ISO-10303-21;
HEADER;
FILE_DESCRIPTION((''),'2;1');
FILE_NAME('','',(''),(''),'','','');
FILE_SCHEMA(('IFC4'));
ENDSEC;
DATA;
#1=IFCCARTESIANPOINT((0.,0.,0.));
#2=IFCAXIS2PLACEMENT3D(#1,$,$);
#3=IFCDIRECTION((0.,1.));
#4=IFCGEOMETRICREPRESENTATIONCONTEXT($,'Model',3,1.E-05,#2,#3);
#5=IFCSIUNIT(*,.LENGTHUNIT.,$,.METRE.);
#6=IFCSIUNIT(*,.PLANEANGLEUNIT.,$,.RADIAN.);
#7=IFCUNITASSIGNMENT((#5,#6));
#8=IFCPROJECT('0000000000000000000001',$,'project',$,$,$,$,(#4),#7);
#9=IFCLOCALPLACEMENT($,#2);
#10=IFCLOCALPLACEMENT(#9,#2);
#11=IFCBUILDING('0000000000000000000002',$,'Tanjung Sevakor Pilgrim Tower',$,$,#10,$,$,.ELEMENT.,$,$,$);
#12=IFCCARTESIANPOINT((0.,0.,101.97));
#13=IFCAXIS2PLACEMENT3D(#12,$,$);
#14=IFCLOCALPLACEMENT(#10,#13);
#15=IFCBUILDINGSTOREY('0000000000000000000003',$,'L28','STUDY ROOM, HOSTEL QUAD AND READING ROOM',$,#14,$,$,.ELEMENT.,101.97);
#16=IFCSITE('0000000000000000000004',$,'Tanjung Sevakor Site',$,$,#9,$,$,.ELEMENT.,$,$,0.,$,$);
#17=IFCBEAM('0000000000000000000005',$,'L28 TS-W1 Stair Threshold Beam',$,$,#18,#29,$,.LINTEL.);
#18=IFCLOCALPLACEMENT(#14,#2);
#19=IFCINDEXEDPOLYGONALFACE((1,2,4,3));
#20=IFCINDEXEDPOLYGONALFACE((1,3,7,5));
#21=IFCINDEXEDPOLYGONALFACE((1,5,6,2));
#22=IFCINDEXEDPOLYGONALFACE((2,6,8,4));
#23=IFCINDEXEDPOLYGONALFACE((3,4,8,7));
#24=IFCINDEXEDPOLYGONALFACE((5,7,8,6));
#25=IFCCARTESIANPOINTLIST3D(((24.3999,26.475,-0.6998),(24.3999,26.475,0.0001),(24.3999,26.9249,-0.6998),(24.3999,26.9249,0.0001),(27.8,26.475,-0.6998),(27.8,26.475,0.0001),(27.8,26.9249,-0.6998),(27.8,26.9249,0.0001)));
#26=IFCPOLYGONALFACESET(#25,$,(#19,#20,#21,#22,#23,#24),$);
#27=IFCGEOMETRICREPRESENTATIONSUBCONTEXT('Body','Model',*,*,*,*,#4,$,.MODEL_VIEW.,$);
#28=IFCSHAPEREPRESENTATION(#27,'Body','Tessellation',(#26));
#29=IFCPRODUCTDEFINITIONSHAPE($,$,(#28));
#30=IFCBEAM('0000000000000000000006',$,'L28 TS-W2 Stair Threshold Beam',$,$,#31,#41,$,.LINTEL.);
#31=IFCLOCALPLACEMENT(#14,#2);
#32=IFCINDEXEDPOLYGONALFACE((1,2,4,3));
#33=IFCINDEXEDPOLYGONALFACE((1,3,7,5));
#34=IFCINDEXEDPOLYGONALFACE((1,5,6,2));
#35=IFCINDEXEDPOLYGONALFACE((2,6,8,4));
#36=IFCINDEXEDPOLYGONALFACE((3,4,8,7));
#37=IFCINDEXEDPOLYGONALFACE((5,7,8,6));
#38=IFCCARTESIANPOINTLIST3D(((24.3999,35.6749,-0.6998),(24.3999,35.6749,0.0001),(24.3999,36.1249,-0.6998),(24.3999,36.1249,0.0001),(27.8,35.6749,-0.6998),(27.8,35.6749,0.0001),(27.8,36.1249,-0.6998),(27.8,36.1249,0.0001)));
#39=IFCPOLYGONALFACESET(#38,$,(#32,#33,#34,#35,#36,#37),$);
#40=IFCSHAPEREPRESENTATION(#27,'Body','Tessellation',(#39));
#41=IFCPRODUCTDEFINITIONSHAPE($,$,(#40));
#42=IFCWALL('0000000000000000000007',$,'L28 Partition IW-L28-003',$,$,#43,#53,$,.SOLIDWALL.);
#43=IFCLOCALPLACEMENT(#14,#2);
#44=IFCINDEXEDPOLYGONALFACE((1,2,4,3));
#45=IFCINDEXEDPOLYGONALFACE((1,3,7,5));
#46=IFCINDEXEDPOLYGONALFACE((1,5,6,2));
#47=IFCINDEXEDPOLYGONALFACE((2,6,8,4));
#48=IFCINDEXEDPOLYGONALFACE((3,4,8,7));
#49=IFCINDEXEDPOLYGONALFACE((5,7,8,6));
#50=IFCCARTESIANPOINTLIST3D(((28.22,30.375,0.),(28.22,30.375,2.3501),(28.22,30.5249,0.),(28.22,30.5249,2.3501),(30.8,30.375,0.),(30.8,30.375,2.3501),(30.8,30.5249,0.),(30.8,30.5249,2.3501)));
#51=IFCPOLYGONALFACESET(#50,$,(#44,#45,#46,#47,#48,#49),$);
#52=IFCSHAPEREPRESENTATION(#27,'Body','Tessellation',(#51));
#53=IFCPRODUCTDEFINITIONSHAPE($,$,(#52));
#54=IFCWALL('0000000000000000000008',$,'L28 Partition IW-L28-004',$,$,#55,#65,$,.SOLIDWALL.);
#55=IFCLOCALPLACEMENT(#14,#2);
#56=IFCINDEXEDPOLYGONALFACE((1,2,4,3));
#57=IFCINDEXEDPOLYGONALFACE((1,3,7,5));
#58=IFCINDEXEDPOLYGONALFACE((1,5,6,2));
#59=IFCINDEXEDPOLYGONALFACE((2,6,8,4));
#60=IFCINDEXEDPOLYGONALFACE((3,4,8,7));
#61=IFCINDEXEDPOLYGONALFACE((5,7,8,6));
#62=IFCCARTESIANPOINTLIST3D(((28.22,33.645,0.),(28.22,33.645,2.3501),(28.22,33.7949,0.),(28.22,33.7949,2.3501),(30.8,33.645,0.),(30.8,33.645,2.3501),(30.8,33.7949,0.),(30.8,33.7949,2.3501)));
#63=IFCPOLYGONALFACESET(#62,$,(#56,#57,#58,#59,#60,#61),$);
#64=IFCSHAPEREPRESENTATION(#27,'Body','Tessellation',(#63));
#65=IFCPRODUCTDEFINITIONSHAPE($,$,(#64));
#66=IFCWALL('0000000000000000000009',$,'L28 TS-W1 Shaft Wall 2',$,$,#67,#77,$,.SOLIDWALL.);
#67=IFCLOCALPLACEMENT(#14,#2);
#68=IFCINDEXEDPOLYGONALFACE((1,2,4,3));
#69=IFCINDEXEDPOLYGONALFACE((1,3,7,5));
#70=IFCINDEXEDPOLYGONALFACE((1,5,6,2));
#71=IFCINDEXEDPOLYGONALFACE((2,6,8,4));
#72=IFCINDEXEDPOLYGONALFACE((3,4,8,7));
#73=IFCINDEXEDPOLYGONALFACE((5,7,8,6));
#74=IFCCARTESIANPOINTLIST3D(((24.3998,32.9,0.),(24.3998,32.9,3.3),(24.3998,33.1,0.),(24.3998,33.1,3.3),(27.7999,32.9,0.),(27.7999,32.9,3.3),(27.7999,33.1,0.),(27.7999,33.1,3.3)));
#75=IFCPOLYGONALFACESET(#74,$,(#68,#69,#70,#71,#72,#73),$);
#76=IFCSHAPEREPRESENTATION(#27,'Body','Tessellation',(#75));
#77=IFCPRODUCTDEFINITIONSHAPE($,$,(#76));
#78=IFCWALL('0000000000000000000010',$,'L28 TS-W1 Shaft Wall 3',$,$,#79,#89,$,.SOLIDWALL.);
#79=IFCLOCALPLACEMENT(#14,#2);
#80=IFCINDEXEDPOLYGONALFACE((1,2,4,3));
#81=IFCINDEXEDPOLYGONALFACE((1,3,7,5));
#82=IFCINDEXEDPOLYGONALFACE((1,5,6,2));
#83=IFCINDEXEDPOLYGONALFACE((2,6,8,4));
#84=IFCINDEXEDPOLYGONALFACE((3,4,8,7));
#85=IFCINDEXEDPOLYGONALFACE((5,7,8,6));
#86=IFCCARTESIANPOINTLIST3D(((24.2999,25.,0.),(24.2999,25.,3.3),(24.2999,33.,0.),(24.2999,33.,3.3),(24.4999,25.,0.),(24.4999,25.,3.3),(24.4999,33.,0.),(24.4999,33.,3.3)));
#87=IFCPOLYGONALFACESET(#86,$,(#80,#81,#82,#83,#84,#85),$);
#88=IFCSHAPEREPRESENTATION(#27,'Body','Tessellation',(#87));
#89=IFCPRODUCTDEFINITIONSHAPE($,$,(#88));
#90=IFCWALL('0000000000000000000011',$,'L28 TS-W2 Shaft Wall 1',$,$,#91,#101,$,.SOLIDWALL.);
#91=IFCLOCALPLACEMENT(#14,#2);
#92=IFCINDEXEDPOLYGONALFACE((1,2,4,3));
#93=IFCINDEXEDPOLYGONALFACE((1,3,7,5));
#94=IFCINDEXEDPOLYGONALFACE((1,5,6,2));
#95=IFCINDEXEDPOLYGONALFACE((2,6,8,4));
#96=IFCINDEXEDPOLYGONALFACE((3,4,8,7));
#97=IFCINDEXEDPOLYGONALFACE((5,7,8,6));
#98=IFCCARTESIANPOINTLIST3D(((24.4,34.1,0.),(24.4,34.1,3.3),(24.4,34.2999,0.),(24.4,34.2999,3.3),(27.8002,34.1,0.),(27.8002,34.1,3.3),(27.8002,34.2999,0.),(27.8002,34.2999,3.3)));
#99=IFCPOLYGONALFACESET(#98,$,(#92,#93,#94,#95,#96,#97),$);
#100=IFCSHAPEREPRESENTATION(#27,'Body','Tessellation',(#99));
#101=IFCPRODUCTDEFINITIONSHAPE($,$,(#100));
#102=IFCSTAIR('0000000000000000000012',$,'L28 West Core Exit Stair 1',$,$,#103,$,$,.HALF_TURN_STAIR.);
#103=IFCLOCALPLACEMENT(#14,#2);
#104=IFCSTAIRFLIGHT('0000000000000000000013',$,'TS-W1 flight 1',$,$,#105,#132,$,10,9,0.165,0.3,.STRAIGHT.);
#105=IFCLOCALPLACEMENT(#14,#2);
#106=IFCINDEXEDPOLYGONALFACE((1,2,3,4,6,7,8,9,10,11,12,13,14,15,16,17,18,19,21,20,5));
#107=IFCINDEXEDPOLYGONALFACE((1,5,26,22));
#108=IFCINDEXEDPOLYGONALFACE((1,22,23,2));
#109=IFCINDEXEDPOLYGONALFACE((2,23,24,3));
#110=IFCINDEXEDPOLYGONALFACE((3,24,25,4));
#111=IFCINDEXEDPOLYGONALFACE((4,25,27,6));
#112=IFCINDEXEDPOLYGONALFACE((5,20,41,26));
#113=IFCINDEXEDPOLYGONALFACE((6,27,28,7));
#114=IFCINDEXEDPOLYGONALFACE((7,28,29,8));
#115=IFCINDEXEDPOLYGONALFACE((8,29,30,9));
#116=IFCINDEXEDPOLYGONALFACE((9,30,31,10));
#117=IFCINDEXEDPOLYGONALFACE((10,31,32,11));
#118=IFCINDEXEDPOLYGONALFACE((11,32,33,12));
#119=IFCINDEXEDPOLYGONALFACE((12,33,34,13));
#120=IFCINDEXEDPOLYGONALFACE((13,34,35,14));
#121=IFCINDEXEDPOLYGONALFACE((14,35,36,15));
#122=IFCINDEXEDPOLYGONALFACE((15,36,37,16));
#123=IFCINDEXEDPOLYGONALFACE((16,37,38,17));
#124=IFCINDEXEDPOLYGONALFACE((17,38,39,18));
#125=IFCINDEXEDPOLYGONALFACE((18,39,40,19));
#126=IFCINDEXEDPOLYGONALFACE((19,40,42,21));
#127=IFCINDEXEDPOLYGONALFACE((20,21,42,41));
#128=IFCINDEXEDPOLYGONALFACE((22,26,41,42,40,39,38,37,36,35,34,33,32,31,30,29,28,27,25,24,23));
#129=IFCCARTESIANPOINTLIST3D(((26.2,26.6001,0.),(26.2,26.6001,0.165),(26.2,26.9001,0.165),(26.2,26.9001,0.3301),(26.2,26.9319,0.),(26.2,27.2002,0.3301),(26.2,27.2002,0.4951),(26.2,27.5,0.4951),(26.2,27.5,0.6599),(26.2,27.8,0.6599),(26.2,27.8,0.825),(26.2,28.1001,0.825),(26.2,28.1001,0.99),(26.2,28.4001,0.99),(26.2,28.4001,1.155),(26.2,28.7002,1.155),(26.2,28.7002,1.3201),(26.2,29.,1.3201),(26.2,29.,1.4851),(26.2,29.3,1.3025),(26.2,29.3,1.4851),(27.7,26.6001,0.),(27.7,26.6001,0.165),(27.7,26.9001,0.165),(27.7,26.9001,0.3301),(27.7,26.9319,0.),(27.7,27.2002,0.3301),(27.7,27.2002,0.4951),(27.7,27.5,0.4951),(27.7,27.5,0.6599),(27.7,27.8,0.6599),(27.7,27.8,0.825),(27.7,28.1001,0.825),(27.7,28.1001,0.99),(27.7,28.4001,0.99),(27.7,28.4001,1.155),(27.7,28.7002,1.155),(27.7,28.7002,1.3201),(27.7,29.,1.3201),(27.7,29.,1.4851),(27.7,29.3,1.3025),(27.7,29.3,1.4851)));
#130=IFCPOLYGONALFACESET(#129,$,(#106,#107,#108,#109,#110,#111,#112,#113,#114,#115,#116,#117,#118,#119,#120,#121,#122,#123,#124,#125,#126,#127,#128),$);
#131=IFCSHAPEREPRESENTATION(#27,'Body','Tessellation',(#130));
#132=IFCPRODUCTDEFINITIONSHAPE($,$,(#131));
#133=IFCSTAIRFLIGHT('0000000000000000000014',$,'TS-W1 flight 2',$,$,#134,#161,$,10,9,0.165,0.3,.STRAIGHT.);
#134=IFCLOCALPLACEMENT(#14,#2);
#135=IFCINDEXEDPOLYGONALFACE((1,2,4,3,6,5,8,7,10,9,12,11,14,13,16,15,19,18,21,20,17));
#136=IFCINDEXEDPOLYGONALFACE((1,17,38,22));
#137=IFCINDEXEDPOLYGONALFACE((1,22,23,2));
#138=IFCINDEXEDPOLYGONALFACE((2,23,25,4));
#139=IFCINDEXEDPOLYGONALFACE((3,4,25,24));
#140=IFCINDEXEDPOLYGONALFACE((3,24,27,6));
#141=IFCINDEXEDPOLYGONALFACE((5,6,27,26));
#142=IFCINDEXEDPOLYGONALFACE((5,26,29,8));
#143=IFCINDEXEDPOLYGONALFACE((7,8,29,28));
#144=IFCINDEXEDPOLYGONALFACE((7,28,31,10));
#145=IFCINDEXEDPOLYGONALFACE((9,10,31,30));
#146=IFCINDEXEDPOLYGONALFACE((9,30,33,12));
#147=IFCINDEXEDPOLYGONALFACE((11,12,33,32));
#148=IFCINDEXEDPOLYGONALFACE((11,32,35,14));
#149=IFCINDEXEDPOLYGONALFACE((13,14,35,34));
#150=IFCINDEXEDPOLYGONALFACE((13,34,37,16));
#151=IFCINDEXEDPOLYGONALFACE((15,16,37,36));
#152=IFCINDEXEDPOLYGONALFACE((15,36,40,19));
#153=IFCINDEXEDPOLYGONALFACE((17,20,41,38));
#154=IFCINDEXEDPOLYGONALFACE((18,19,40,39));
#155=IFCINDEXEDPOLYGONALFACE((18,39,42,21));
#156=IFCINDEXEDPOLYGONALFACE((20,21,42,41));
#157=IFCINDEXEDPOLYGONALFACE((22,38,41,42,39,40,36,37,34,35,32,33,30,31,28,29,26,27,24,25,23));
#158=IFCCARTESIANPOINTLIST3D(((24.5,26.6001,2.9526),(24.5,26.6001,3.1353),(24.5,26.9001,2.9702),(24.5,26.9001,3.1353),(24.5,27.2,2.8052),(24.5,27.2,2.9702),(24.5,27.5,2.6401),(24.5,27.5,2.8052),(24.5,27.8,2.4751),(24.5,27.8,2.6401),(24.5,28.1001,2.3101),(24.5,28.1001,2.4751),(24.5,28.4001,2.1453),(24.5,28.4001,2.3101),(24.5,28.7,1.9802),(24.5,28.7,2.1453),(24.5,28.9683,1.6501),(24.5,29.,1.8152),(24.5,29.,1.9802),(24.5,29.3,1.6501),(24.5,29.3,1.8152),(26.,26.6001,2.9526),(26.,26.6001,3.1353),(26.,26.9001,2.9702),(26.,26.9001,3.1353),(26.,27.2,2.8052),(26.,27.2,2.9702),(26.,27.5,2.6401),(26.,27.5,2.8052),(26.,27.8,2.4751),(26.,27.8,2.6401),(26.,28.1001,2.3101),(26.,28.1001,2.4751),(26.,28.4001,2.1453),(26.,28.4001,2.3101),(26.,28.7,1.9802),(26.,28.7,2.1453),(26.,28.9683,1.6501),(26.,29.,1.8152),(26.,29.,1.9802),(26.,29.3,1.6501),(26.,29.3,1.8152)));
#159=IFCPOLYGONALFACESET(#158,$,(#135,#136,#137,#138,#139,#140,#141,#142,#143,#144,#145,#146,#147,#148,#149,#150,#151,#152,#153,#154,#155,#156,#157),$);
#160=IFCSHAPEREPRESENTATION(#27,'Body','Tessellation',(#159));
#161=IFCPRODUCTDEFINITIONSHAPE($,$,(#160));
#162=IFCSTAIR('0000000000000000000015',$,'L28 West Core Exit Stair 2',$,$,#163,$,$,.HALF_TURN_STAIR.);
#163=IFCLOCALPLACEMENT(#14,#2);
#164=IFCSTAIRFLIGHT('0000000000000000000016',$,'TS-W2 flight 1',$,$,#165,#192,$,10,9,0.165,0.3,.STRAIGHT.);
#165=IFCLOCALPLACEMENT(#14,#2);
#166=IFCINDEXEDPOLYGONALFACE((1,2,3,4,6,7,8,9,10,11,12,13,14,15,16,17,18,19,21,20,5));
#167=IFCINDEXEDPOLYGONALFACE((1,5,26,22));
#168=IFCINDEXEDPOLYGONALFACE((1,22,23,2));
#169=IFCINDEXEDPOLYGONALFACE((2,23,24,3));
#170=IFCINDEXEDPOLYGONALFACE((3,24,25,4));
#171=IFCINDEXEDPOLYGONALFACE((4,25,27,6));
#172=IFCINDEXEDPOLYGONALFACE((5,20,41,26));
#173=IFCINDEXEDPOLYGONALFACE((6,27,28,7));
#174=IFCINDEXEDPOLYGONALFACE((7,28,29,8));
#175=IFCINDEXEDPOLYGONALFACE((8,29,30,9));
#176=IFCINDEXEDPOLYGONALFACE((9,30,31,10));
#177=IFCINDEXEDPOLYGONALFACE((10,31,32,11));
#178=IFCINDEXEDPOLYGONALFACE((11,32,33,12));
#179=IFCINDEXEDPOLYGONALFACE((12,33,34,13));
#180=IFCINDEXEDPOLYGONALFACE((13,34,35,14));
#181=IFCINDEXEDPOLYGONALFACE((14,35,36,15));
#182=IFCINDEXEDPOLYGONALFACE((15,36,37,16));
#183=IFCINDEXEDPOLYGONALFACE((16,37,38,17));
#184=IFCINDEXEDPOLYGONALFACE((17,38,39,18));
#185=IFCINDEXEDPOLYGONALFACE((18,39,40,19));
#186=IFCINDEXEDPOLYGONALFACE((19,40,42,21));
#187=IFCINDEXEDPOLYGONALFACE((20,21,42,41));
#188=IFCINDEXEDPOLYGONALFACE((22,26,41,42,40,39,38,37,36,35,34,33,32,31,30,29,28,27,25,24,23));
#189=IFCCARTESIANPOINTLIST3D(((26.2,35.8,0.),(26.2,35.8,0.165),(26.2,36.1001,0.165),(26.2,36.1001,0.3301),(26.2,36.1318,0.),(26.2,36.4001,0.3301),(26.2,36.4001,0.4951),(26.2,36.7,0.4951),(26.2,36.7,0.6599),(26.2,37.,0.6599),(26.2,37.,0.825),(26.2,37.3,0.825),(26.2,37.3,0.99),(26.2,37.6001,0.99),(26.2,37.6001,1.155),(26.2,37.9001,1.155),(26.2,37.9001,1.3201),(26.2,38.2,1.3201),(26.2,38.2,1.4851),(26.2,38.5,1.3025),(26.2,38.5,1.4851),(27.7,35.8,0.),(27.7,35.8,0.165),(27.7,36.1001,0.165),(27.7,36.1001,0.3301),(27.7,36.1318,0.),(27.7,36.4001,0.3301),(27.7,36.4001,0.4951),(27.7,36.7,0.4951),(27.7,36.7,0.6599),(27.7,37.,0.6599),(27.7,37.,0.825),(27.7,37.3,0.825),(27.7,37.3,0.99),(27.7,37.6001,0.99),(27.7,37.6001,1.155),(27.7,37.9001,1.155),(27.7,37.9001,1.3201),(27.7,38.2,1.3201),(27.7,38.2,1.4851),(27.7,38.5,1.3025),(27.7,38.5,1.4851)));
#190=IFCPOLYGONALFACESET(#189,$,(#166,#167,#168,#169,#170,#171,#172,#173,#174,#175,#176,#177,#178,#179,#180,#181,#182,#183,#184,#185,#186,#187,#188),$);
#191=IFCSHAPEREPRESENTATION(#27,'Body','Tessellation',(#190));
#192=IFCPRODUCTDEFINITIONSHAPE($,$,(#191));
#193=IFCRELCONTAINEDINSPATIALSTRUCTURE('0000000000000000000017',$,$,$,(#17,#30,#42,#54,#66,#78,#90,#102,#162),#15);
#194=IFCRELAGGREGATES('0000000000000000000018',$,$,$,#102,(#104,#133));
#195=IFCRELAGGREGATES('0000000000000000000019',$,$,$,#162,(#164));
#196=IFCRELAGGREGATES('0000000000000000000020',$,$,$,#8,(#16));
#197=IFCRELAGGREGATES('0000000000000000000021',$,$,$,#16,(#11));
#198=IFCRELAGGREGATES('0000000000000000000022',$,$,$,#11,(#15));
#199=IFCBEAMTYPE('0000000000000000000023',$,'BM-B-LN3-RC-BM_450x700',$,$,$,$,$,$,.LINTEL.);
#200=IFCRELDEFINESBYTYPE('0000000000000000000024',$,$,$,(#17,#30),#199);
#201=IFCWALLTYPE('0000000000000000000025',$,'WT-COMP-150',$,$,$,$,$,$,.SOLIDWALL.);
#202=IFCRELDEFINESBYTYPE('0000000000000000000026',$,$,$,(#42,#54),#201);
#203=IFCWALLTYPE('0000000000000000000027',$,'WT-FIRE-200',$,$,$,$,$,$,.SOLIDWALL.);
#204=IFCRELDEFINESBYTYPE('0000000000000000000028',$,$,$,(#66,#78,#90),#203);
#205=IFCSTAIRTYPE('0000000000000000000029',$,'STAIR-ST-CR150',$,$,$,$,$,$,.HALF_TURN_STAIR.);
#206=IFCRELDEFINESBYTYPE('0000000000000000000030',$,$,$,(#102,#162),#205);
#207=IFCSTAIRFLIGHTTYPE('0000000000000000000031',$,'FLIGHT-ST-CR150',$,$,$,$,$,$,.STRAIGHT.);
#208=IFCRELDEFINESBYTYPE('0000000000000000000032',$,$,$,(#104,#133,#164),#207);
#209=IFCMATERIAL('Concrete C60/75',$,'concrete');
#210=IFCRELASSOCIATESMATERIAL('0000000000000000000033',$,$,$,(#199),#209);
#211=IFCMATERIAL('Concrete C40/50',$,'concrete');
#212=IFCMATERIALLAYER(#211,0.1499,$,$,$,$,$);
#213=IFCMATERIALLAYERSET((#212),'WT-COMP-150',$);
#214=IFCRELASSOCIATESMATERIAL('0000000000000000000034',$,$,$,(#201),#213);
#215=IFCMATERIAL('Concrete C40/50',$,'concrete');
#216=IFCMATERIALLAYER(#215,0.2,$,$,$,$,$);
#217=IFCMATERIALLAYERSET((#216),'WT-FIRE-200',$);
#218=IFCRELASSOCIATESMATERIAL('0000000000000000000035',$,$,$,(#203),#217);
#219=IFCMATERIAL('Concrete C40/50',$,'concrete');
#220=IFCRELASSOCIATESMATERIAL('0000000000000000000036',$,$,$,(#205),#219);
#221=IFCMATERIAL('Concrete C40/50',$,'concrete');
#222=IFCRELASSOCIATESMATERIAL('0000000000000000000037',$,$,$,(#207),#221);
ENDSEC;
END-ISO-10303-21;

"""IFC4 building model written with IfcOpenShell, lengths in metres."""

from ifc_helpers import new_model, si_unit, direction, frame, frame_2d, origin, origin_2d, place, context, subcontext, project, spatial, polyline, rectangle, outline, extrude, material, layer, layer_set, material_profile, profile_set, type_object, element, aggregate, save


model = new_model("IFC4")

# Units and contexts
model_context = context("Model", 3, precision=1e-05, world=origin(), true_north=direction((0.0, 1.0)))
body_context = subcontext(model_context, "Body", "Model", "MODEL_VIEW")
ifc_project = project(units=[si_unit("LENGTHUNIT", "METRE"), si_unit("PLANEANGLEUNIT", "RADIAN")], contexts=[model_context])

# Site, building, storey
site_placement = place(None, origin())
site = spatial("IfcSite", under=ifc_project, at=site_placement, Name="Tanjung Sevakor Site", CompositionType="ELEMENT", RefElevation=0.0)
building_placement = place(site_placement, origin())
building = spatial("IfcBuilding", under=site, at=building_placement, Name="Tanjung Sevakor Pilgrim Tower", CompositionType="ELEMENT")
storey_placement = place(building_placement, frame((0.0, 0.0, 101.97)))
storey = spatial("IfcBuildingStorey", under=building, at=storey_placement, Name="L28", Description="STUDY ROOM, HOSTEL QUAD AND READING ROOM", CompositionType="ELEMENT", Elevation=101.97)

# Beams
ifc_material_1 = material(Name="Concrete C60/75", Category="concrete")
ifc_material_profile = material_profile(ifc_material_1, rectangle(XDim=0.45, YDim=0.7, at=origin_2d()))
ifc_profile_set = profile_set([ifc_material_profile], Name="Concrete C60/75")
beam_type = type_object("IfcBeamType", Name="BM-B-LN3-RC-BM_450x700", PredefinedType="LINTEL", material=ifc_profile_set)
for number, where, z_axis, x_axis, name in (
    (1, (24.3999, 26.7, -0.3499), (1.0, 0.0, 0.0), (0.0, 1.0, 0.0), "L28 TS-W1 Stair Threshold Beam"),
    (2, (24.3999, 35.8999, -0.3499), (1.0, 0.0, 0.0), (0.0, 1.0, 0.0), "L28 TS-W2 Stair Threshold Beam"),
):
    element("IfcBeam", number, at=place(storey_placement, frame(where, z_axis=z_axis, x_axis=x_axis)), inside=storey, type_object=beam_type, Name=name, PredefinedType="LINTEL", context=body_context, shape_type="SweptSolid", body=[
        extrude(rectangle(XDim=0.45, YDim=0.7, at=origin_2d()), origin(), (0.0, 0.0, 1.0), 3.4001),
    ])

# Walls
ifc_material_2 = material(Name="Concrete C40/50", Category="concrete")
ifc_layer_1 = layer(ifc_material_2, 0.1499)
ifc_layer_set_1 = layer_set([ifc_layer_1], Name="WT-COMP-150")
wall_type_1 = type_object("IfcWallType", Name="WT-COMP-150", PredefinedType="SOLIDWALL", material=ifc_layer_set_1)
for number, where, z_axis, x_axis, name in (
    (3, (28.22, 30.45, 0.0), (0.0, 0.0, 1.0), (1.0, 0.0, 0.0), "L28 Partition IW-L28-003"),
    (4, (28.22, 33.72, 0.0), (0.0, 0.0, 1.0), (1.0, 0.0, 0.0), "L28 Partition IW-L28-004"),
):
    element("IfcWall", number, at=place(storey_placement, frame(where, z_axis=z_axis, x_axis=x_axis)), inside=storey, type_object=wall_type_1, Name=name, PredefinedType="SOLIDWALL", context=body_context, shape_type="SweptSolid", body=[
        extrude(rectangle(XDim=2.5801, YDim=0.1499, at=frame_2d((1.29, 0.0))), origin(), (0.0, 0.0, 1.0), 2.3501),
    ])
ifc_material_3 = material(Name="Concrete C40/50", Category="concrete")
ifc_layer_2 = layer(ifc_material_3, 0.2)
ifc_layer_set_2 = layer_set([ifc_layer_2], Name="WT-FIRE-200")
wall_type_2 = type_object("IfcWallType", Name="WT-FIRE-200", PredefinedType="SOLIDWALL", material=ifc_layer_set_2)
wall_1_placement = place(storey_placement, frame((27.8, 33.0, 0.0), z_axis=(0.0, 0.0, 1.0), x_axis=(-1.0, 0.0, 0.0)))
element("IfcWall", 5, at=wall_1_placement, inside=storey, type_object=wall_type_2, Name="L28 TS-W1 Shaft Wall 2", PredefinedType="SOLIDWALL", context=body_context, shape_type="SweptSolid", body=[
    extrude(rectangle(XDim=3.4001, YDim=0.2, at=frame_2d((1.7002, 0.0))), origin(), (0.0, 0.0, 1.0), 3.3),
])
wall_2_placement = place(storey_placement, frame((24.3999, 33.0, 0.0), z_axis=(0.0, 0.0, 1.0), x_axis=(0.0, -1.0, 0.0)))
element("IfcWall", 6, at=wall_2_placement, inside=storey, type_object=wall_type_2, Name="L28 TS-W1 Shaft Wall 3", PredefinedType="SOLIDWALL", context=body_context, shape_type="SweptSolid", body=[
    extrude(rectangle(XDim=8.0, YDim=0.2, at=frame_2d((4.0, 0.0))), origin(), (0.0, 0.0, 1.0), 3.3),
])
wall_3_placement = place(storey_placement, frame((24.3999, 34.2, 0.0), z_axis=(0.0, 0.0, 1.0), x_axis=(1.0, 0.0, 0.0)))
element("IfcWall", 7, at=wall_3_placement, inside=storey, type_object=wall_type_2, Name="L28 TS-W2 Shaft Wall 1", PredefinedType="SOLIDWALL", context=body_context, shape_type="SweptSolid", body=[
    extrude(rectangle(XDim=3.4001, YDim=0.2, at=frame_2d((1.7002, 0.0))), origin(), (0.0, 0.0, 1.0), 3.3),
])

# Stairs, stair flights
ifc_material_4 = material(Name="Concrete C40/50", Category="concrete")
stair_type = type_object("IfcStairType", Name="STAIR-ST-CR150", PredefinedType="HALF_TURN_STAIR", material=ifc_material_4)
stair_1_placement = place(storey_placement, origin())
stair_1 = element("IfcStair", 8, at=stair_1_placement, inside=storey, type_object=stair_type, Name="L28 West Core Exit Stair 1", PredefinedType="HALF_TURN_STAIR")
ifc_material_5 = material(Name="Concrete C40/50", Category="concrete")
stair_flight_type = type_object("IfcStairFlightType", Name="FLIGHT-ST-CR150", PredefinedType="STRAIGHT", material=ifc_material_5)
stair_flight_1_placement = place(storey_placement, frame((26.95, 26.6001, 0.0), z_axis=(0.0, 0.0, 1.0), x_axis=(0.0, 1.0, 0.0)))
stair_flight_1 = element("IfcStairFlight", 9, at=stair_flight_1_placement, type_object=stair_flight_type, Name="TS-W1 flight 1", NumberOfRisers=10, NumberOfTreads=9, PredefinedType="STRAIGHT", RiserHeight=0.165, TreadLength=0.3, context=body_context, shape_type="SweptSolid", body=[
    extrude(outline(polyline([(0.0, 0.0), (0.0, 0.165), (0.3, 0.165), (0.3, 0.3301), (0.6001, 0.3301), (0.6001, 0.4951), (0.8999, 0.4951), (0.8999, 0.6599), (1.2, 0.6599), (1.2, 0.825), (1.5, 0.825), (1.5, 0.99), (1.8, 0.99), (1.8, 1.155), (2.1001, 1.155), (2.1001, 1.3201), (2.3999, 1.3201), (2.3999, 1.4851), (2.7, 1.4851), (2.7, 1.6499), (2.7, 1.3025), (0.3318, 0.0), (0.0, 0.0)])), frame((0.0, 0.75, 0.0), z_axis=(0.0, -1.0, 0.0), x_axis=(1.0, 0.0, 0.0)), (0.0, 0.0, 1.0), 1.5),
])
stair_flight_2_placement = place(storey_placement, frame((25.25, 29.3, 1.6501), z_axis=(0.0, 0.0, 1.0), x_axis=(0.0, -1.0, 0.0)))
stair_flight_2 = element("IfcStairFlight", 10, at=stair_flight_2_placement, type_object=stair_flight_type, Name="TS-W1 flight 2", NumberOfRisers=10, NumberOfTreads=9, PredefinedType="STRAIGHT", RiserHeight=0.165, TreadLength=0.3, context=body_context, shape_type="SweptSolid", body=[
    extrude(outline(polyline([(0.0, 0.0), (0.0, 0.165), (0.3, 0.165), (0.3, 0.3301), (0.6001, 0.3301), (0.6001, 0.4951), (0.8999, 0.4951), (0.8999, 0.6599), (1.2, 0.6599), (1.2, 0.825), (1.5, 0.825), (1.5, 0.99), (1.8, 0.99), (1.8, 1.155), (2.1001, 1.155), (2.1001, 1.3201), (2.3999, 1.3201), (2.3999, 1.4851), (2.7, 1.4851), (2.7, 1.6499), (2.7, 1.3025), (0.3318, 0.0), (0.0, 0.0)])), frame((0.0, 0.75, 0.0), z_axis=(0.0, -1.0, 0.0), x_axis=(1.0, 0.0, 0.0)), (0.0, 0.0, 1.0), 1.5),
])
aggregate(stair_1, [stair_flight_1, stair_flight_2])
stair_2_placement = place(storey_placement, origin())
stair_2 = element("IfcStair", 11, at=stair_2_placement, inside=storey, type_object=stair_type, Name="L28 West Core Exit Stair 2", PredefinedType="HALF_TURN_STAIR")
stair_flight_3_placement = place(storey_placement, frame((26.95, 35.8, 0.0), z_axis=(0.0, 0.0, 1.0), x_axis=(0.0, 1.0, 0.0)))
stair_flight_3 = element("IfcStairFlight", 12, at=stair_flight_3_placement, type_object=stair_flight_type, Name="TS-W2 flight 1", NumberOfRisers=10, NumberOfTreads=9, PredefinedType="STRAIGHT", RiserHeight=0.165, TreadLength=0.3, context=body_context, shape_type="SweptSolid", body=[
    extrude(outline(polyline([(0.0, 0.0), (0.0, 0.165), (0.3, 0.165), (0.3, 0.3301), (0.6001, 0.3301), (0.6001, 0.4951), (0.8999, 0.4951), (0.8999, 0.6599), (1.2, 0.6599), (1.2, 0.825), (1.5, 0.825), (1.5, 0.99), (1.8, 0.99), (1.8, 1.155), (2.1001, 1.155), (2.1001, 1.3201), (2.3999, 1.3201), (2.3999, 1.4851), (2.7, 1.4851), (2.7, 1.6499), (2.7, 1.3025), (0.3318, 0.0), (0.0, 0.0)])), frame((0.0, 0.75, 0.0), z_axis=(0.0, -1.0, 0.0), x_axis=(1.0, 0.0, 0.0)), (0.0, 0.0, 1.0), 1.5),
])
aggregate(stair_2, [stair_flight_3])

save(model, "model.ifc")
